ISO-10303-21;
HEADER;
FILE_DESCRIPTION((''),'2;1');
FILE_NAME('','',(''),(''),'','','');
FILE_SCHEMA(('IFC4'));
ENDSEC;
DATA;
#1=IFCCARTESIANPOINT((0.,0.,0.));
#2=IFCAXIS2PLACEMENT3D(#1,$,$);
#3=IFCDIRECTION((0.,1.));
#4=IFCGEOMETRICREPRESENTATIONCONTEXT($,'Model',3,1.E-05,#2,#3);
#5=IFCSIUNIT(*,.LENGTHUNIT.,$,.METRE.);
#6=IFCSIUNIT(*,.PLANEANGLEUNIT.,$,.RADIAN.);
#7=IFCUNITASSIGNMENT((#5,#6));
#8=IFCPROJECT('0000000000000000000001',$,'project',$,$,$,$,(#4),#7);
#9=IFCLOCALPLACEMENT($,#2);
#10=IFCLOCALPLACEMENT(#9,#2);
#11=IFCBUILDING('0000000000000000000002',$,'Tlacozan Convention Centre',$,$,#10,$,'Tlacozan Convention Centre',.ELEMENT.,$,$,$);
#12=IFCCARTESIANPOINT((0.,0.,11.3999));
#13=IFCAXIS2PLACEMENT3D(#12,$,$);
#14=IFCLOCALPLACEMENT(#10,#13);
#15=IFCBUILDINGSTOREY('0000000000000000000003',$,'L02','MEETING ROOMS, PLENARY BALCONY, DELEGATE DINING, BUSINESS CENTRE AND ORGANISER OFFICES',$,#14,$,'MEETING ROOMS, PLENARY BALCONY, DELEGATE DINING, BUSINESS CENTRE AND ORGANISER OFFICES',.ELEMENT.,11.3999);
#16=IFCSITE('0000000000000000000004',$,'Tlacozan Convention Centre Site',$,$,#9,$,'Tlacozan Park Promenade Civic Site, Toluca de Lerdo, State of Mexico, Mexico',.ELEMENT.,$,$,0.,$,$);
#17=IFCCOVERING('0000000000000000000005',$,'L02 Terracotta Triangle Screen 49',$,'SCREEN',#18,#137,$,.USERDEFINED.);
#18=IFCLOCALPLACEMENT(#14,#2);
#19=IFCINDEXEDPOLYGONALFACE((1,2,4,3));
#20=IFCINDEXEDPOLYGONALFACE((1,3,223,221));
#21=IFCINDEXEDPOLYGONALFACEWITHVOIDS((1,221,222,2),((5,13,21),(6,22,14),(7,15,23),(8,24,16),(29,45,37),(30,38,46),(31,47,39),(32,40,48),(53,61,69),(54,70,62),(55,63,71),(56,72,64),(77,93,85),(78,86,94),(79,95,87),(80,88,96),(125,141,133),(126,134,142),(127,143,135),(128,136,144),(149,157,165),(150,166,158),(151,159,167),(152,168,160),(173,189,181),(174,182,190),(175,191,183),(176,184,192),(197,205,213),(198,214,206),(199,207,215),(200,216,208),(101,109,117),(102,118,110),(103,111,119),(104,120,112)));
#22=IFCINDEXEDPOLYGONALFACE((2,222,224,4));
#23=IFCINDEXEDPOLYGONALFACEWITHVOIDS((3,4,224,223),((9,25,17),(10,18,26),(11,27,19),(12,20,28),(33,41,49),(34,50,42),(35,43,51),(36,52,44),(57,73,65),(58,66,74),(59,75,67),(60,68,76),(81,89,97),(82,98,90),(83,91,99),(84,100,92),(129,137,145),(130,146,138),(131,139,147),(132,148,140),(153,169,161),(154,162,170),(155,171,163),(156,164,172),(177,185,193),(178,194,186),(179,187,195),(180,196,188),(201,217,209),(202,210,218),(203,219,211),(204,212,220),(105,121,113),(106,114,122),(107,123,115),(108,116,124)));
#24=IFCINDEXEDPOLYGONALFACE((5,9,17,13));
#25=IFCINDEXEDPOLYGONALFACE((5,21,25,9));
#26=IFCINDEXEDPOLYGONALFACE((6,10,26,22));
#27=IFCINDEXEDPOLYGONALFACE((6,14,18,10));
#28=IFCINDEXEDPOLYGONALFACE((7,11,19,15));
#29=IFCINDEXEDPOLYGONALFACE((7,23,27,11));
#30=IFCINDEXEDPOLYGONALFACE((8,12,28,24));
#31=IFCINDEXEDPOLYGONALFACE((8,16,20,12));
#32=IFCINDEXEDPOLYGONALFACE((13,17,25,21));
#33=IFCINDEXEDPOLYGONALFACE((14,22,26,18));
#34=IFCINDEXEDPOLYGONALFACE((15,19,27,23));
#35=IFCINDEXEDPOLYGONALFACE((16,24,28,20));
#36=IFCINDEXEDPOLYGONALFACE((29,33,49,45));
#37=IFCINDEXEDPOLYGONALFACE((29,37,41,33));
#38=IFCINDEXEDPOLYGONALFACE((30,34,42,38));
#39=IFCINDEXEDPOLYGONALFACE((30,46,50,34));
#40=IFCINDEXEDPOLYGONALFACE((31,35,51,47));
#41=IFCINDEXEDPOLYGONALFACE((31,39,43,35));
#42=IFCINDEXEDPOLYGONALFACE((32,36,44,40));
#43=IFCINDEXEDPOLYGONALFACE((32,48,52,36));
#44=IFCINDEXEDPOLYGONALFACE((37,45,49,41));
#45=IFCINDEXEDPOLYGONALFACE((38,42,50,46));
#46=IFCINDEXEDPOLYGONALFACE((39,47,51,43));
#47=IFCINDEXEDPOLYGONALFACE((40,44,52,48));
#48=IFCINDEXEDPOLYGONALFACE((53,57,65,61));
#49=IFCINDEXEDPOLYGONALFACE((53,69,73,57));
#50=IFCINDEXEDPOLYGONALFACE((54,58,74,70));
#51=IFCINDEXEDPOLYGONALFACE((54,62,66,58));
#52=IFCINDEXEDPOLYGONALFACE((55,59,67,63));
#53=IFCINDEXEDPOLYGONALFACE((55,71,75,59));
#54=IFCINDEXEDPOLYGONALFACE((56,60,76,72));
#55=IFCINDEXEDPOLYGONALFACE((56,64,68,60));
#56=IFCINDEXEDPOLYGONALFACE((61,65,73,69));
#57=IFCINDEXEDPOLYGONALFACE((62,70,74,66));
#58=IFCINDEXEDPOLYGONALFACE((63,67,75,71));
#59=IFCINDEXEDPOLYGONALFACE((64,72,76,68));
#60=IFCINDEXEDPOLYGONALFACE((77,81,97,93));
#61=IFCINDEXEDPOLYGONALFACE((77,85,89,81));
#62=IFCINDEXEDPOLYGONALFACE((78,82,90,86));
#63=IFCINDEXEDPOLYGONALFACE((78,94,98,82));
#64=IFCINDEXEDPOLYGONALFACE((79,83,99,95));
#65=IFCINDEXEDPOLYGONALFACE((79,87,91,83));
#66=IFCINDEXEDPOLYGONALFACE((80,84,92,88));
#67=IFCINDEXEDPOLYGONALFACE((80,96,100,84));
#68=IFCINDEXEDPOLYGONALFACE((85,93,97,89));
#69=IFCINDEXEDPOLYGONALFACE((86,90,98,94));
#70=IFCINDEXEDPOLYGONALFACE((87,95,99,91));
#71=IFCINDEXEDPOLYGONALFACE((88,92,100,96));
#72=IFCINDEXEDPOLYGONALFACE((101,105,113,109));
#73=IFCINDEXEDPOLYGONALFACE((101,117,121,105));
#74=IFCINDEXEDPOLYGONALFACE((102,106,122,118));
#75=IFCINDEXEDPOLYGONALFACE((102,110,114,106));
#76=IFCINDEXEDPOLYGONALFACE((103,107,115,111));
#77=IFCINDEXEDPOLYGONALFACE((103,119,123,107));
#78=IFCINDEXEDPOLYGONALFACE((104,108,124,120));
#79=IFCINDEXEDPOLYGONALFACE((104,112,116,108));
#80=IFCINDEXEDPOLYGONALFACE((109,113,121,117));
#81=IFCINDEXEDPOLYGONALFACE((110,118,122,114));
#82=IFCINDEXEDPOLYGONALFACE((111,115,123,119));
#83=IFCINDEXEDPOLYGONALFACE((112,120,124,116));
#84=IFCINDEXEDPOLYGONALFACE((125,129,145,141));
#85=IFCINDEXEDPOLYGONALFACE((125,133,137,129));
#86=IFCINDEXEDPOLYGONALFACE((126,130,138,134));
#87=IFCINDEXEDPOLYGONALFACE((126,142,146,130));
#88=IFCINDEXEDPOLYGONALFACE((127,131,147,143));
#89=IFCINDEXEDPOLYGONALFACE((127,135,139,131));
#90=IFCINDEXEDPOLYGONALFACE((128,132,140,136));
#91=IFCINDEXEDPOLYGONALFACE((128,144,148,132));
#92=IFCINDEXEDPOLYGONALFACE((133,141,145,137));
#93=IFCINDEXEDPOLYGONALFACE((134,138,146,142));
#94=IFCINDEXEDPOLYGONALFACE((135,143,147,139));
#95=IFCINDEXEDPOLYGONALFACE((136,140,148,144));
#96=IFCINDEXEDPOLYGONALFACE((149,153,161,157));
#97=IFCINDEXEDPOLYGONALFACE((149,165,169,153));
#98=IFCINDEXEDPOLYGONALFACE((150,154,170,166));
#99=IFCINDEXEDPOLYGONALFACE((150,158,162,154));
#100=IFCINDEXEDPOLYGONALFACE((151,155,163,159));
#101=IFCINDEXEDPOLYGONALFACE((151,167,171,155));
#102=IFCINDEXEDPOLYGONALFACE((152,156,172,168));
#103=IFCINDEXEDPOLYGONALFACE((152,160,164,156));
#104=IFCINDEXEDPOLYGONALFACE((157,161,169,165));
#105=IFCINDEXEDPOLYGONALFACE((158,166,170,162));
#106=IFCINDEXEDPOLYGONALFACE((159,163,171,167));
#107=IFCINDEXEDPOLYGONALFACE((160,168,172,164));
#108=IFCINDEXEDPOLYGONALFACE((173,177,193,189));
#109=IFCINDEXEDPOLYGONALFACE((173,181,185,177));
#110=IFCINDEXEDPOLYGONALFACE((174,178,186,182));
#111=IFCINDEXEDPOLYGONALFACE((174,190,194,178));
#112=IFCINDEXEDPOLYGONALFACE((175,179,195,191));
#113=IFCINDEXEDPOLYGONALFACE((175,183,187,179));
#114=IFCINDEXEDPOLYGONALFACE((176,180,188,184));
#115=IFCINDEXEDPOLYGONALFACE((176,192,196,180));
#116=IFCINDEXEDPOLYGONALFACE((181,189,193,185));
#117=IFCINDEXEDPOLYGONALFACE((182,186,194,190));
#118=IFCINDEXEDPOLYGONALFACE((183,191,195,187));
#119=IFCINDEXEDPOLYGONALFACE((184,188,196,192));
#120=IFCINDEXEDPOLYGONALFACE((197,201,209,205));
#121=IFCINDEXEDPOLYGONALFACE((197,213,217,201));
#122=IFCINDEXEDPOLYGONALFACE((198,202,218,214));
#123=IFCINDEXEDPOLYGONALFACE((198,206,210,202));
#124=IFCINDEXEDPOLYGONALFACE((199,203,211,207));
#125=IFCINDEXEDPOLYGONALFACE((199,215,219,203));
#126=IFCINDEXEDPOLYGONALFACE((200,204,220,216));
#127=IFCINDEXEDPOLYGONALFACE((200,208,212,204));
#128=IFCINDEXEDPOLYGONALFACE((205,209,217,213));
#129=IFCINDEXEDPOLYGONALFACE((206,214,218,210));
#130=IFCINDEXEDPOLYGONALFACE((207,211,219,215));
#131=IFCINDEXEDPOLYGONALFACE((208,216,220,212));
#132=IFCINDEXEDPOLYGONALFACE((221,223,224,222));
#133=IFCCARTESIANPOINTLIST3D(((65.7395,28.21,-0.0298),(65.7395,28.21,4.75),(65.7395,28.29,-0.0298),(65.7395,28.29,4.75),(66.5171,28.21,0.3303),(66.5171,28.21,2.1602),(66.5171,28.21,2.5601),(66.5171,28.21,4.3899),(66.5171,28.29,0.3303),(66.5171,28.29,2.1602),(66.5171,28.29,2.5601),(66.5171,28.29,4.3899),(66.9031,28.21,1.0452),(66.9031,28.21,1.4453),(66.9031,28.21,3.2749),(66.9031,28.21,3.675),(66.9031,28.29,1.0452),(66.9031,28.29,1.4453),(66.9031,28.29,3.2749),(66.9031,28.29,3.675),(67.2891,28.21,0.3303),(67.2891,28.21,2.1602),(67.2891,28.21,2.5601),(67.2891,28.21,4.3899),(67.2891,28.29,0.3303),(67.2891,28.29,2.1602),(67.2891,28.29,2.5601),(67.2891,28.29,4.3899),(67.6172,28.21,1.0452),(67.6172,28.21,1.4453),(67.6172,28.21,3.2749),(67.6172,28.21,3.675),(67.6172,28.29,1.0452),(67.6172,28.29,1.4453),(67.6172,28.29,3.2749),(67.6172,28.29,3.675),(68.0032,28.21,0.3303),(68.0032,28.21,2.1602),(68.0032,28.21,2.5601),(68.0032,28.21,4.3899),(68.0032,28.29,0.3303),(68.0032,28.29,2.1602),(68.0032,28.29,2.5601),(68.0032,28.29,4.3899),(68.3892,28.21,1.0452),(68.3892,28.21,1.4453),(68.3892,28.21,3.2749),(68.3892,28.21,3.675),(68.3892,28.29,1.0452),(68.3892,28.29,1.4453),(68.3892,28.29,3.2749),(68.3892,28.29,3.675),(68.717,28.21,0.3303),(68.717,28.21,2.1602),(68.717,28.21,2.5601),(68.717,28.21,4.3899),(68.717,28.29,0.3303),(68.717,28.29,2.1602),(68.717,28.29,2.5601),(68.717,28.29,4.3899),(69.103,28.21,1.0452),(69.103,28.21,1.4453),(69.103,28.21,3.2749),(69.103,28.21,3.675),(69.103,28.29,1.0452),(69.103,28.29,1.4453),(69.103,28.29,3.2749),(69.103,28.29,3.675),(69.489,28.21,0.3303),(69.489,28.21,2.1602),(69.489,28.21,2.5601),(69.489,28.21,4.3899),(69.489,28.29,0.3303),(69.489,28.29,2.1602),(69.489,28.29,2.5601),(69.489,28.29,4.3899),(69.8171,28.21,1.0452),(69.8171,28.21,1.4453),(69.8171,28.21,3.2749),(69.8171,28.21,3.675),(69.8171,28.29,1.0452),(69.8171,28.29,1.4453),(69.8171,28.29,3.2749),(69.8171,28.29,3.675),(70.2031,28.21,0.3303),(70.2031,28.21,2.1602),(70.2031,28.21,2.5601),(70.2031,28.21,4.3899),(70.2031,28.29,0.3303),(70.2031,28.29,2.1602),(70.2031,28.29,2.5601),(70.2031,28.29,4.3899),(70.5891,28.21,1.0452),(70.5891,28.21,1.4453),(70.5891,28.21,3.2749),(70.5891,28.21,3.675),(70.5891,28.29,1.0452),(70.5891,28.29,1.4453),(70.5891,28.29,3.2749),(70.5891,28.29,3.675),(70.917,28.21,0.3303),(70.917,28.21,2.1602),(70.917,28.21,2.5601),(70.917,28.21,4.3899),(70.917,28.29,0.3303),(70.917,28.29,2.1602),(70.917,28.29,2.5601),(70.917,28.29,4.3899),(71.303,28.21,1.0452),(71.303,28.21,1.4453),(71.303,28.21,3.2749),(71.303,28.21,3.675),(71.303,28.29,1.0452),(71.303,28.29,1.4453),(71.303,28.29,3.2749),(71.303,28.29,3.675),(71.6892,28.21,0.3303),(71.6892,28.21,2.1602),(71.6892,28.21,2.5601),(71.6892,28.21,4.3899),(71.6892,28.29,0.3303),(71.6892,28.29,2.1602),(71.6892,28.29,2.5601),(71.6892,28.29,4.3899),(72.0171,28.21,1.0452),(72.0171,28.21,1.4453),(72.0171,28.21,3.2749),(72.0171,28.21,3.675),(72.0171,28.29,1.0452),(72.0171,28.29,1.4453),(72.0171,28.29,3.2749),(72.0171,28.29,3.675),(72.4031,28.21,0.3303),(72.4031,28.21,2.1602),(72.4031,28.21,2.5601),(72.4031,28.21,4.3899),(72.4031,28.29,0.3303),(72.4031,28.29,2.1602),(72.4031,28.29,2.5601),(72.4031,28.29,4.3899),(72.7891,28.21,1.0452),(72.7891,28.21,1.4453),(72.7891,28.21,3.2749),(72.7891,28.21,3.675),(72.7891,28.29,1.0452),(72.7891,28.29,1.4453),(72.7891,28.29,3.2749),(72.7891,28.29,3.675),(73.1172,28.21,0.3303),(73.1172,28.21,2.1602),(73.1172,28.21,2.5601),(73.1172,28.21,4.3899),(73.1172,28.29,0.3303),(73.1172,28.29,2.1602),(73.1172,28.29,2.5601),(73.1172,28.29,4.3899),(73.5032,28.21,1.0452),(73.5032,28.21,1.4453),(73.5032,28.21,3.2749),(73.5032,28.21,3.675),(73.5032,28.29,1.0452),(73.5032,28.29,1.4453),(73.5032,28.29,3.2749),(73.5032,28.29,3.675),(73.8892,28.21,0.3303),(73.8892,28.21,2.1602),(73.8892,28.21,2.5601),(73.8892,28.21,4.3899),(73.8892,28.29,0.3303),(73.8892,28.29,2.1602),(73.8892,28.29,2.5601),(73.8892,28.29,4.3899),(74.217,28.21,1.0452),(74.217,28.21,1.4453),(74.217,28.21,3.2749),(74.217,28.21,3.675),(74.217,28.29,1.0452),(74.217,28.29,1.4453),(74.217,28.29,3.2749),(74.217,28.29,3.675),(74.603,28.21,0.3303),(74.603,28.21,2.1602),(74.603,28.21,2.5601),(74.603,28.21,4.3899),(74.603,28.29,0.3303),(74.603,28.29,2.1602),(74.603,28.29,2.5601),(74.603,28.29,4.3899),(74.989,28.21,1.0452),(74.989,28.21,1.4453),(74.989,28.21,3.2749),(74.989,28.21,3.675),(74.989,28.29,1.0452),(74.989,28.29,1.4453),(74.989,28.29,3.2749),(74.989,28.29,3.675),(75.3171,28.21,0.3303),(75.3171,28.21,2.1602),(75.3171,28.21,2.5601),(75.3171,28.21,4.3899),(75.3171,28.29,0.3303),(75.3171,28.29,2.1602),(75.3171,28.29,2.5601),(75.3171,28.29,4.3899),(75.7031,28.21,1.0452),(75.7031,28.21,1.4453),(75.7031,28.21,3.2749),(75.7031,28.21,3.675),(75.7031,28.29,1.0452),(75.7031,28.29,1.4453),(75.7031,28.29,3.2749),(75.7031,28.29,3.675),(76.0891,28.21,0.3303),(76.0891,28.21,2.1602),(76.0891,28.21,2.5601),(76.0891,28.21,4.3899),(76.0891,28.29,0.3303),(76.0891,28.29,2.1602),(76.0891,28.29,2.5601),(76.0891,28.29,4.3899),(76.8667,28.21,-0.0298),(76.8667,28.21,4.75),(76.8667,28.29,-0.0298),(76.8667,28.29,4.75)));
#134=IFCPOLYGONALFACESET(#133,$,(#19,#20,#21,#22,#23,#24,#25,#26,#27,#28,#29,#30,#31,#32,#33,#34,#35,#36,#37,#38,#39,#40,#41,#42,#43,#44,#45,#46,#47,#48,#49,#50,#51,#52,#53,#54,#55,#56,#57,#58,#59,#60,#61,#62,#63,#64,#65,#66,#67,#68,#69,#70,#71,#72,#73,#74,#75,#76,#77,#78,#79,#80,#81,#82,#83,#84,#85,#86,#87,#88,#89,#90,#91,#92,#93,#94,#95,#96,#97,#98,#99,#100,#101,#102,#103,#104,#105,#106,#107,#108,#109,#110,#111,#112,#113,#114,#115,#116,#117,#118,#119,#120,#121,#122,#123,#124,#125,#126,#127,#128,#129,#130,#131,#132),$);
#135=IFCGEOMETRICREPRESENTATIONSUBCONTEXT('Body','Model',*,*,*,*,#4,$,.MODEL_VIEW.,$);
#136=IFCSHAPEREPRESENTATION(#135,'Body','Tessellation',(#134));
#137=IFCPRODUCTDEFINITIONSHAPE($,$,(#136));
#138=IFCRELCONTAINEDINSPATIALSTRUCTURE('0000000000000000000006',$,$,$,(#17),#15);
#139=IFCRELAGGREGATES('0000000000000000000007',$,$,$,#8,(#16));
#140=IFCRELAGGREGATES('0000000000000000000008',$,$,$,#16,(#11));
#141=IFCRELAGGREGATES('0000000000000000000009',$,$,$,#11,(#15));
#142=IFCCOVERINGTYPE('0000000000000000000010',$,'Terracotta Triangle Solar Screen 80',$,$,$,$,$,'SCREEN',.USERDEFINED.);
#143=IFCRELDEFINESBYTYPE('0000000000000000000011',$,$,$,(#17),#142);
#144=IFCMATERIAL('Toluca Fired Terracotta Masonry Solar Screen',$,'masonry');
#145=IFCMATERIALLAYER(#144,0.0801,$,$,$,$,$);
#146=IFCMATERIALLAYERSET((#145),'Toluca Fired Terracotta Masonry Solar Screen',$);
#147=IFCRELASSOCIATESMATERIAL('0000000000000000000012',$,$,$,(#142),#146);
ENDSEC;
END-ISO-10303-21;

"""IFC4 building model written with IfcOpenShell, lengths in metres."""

from ifc_helpers import new_model, si_unit, direction, frame, origin, place, context, subcontext, project, spatial, polyline, outline, extrude, material, layer, layer_set, type_object, element, save


model = new_model("IFC4")

# Units and contexts
model_context = context("Model", 3, precision=1e-05, world=origin(), true_north=direction((0.0, 1.0)))
body_context = subcontext(model_context, "Body", "Model", "MODEL_VIEW")
ifc_project = project(units=[si_unit("LENGTHUNIT", "METRE"), si_unit("PLANEANGLEUNIT", "RADIAN")], contexts=[model_context])

# Site, building, storey
site_placement = place(None, origin())
site = spatial("IfcSite", under=ifc_project, at=site_placement, Name="Tlacozan Convention Centre Site", LongName="Tlacozan Park Promenade Civic Site, Toluca de Lerdo, State of Mexico, Mexico", CompositionType="ELEMENT", RefElevation=0.0)
building_placement = place(site_placement, origin())
building = spatial("IfcBuilding", under=site, at=building_placement, Name="Tlacozan Convention Centre", LongName="Tlacozan Convention Centre", CompositionType="ELEMENT")
storey_placement = place(building_placement, frame((0.0, 0.0, 11.3999)))
storey = spatial("IfcBuildingStorey", under=building, at=storey_placement, Name="L02", Description="MEETING ROOMS, PLENARY BALCONY, DELEGATE DINING, BUSINESS CENTRE AND ORGANISER OFFICES", LongName="MEETING ROOMS, PLENARY BALCONY, DELEGATE DINING, BUSINESS CENTRE AND ORGANISER OFFICES", CompositionType="ELEMENT", Elevation=11.3999)

# Covering
ifc_material_1 = material(Name="Toluca Fired Terracotta Masonry Solar Screen", Category="masonry")
ifc_layer_1 = layer(ifc_material_1, 0.0801)
ifc_layer_set_1 = layer_set([ifc_layer_1], Name="Toluca Fired Terracotta Masonry Solar Screen")
covering_type = type_object("IfcCoveringType", Name="Terracotta Triangle Solar Screen 80", ElementType="SCREEN", PredefinedType="USERDEFINED", material=ifc_layer_set_1)
covering_1_placement = place(storey_placement, frame((65.7395, 28.25, -0.0298), z_axis=(0.0, 0.0, 1.0), x_axis=(1.0, 0.0, 0.0)))
element("IfcCovering", 1, at=covering_1_placement, inside=storey, type_object=covering_type, Name="L02 Terracotta Triangle Screen 49", ObjectType="SCREEN", PredefinedType="USERDEFINED", context=body_context, shape_type="SweptSolid", body=[
    extrude(outline(polyline([(0.0, 0.0), (11.1272, 0.0), (11.1272, 4.7798), (0.0, 4.7798), (0.0, 0.0)]), holes=[polyline([(0.7776, 0.3601), (1.5496, 0.3601), (1.1636, 1.075), (0.7776, 0.3601)]), polyline([(1.8777, 1.075), (2.6497, 1.075), (2.2637, 0.3601), (1.8777, 1.075)]), polyline([(2.9775, 0.3601), (3.7495, 0.3601), (3.3635, 1.075), (2.9775, 0.3601)]), polyline([(4.0776, 1.075), (4.8496, 1.075), (4.4636, 0.3601), (4.0776, 1.075)]), polyline([(5.1775, 0.3601), (5.9497, 0.3601), (5.5635, 1.075), (5.1775, 0.3601)]), polyline([(6.2776, 1.075), (7.0496, 1.075), (6.6636, 0.3601), (6.2776, 1.075)]), polyline([(7.3777, 0.3601), (8.1497, 0.3601), (7.7637, 1.075), (7.3777, 0.3601)]), polyline([(8.4775, 1.075), (9.2495, 1.075), (8.8635, 0.3601), (8.4775, 1.075)]), polyline([(9.5776, 0.3601), (10.3496, 0.3601), (9.9636, 1.075), (9.5776, 0.3601)]), polyline([(0.7776, 2.1899), (1.5496, 2.1899), (1.1636, 1.4751), (0.7776, 2.1899)]), polyline([(1.8777, 1.4751), (2.6497, 1.4751), (2.2637, 2.1899), (1.8777, 1.4751)]), polyline([(2.9775, 2.1899), (3.7495, 2.1899), (3.3635, 1.4751), (2.9775, 2.1899)]), polyline([(4.0776, 1.4751), (4.8496, 1.4751), (4.4636, 2.1899), (4.0776, 1.4751)]), polyline([(5.1775, 2.1899), (5.9497, 2.1899), (5.5635, 1.4751), (5.1775, 2.1899)]), polyline([(6.2776, 1.4751), (7.0496, 1.4751), (6.6636, 2.1899), (6.2776, 1.4751)]), polyline([(7.3777, 2.1899), (8.1497, 2.1899), (7.7637, 1.4751), (7.3777, 2.1899)]), polyline([(8.4775, 1.4751), (9.2495, 1.4751), (8.8635, 2.1899), (8.4775, 1.4751)]), polyline([(9.5776, 2.1899), (10.3496, 2.1899), (9.9636, 1.4751), (9.5776, 2.1899)]), polyline([(0.7776, 2.5898), (1.5496, 2.5898), (1.1636, 3.3047), (0.7776, 2.5898)]), polyline([(1.8777, 3.3047), (2.6497, 3.3047), (2.2637, 2.5898), (1.8777, 3.3047)]), polyline([(2.9775, 2.5898), (3.7495, 2.5898), (3.3635, 3.3047), (2.9775, 2.5898)]), polyline([(4.0776, 3.3047), (4.8496, 3.3047), (4.4636, 2.5898), (4.0776, 3.3047)]), polyline([(5.1775, 2.5898), (5.9497, 2.5898), (5.5635, 3.3047), (5.1775, 2.5898)]), polyline([(6.2776, 3.3047), (7.0496, 3.3047), (6.6636, 2.5898), (6.2776, 3.3047)]), polyline([(7.3777, 2.5898), (8.1497, 2.5898), (7.7637, 3.3047), (7.3777, 2.5898)]), polyline([(8.4775, 3.3047), (9.2495, 3.3047), (8.8635, 2.5898), (8.4775, 3.3047)]), polyline([(9.5776, 2.5898), (10.3496, 2.5898), (9.9636, 3.3047), (9.5776, 2.5898)]), polyline([(0.7776, 4.4197), (1.5496, 4.4197), (1.1636, 3.7048), (0.7776, 4.4197)]), polyline([(1.8777, 3.7048), (2.6497, 3.7048), (2.2637, 4.4197), (1.8777, 3.7048)]), polyline([(2.9775, 4.4197), (3.7495, 4.4197), (3.3635, 3.7048), (2.9775, 4.4197)]), polyline([(4.0776, 3.7048), (4.8496, 3.7048), (4.4636, 4.4197), (4.0776, 3.7048)]), polyline([(5.1775, 4.4197), (5.9497, 4.4197), (5.5635, 3.7048), (5.1775, 4.4197)]), polyline([(6.2776, 3.7048), (7.0496, 3.7048), (6.6636, 4.4197), (6.2776, 3.7048)]), polyline([(7.3777, 4.4197), (8.1497, 4.4197), (7.7637, 3.7048), (7.3777, 4.4197)]), polyline([(8.4775, 3.7048), (9.2495, 3.7048), (8.8635, 4.4197), (8.4775, 3.7048)]), polyline([(9.5776, 4.4197), (10.3496, 4.4197), (9.9636, 3.7048), (9.5776, 4.4197)])]), frame((0.0, 0.04, 0.0), z_axis=(0.0, -1.0, 0.0), x_axis=(1.0, 0.0, 0.0)), (0.0, 0.0, 1.0), 0.0801),
])

save(model, "model.ifc")
